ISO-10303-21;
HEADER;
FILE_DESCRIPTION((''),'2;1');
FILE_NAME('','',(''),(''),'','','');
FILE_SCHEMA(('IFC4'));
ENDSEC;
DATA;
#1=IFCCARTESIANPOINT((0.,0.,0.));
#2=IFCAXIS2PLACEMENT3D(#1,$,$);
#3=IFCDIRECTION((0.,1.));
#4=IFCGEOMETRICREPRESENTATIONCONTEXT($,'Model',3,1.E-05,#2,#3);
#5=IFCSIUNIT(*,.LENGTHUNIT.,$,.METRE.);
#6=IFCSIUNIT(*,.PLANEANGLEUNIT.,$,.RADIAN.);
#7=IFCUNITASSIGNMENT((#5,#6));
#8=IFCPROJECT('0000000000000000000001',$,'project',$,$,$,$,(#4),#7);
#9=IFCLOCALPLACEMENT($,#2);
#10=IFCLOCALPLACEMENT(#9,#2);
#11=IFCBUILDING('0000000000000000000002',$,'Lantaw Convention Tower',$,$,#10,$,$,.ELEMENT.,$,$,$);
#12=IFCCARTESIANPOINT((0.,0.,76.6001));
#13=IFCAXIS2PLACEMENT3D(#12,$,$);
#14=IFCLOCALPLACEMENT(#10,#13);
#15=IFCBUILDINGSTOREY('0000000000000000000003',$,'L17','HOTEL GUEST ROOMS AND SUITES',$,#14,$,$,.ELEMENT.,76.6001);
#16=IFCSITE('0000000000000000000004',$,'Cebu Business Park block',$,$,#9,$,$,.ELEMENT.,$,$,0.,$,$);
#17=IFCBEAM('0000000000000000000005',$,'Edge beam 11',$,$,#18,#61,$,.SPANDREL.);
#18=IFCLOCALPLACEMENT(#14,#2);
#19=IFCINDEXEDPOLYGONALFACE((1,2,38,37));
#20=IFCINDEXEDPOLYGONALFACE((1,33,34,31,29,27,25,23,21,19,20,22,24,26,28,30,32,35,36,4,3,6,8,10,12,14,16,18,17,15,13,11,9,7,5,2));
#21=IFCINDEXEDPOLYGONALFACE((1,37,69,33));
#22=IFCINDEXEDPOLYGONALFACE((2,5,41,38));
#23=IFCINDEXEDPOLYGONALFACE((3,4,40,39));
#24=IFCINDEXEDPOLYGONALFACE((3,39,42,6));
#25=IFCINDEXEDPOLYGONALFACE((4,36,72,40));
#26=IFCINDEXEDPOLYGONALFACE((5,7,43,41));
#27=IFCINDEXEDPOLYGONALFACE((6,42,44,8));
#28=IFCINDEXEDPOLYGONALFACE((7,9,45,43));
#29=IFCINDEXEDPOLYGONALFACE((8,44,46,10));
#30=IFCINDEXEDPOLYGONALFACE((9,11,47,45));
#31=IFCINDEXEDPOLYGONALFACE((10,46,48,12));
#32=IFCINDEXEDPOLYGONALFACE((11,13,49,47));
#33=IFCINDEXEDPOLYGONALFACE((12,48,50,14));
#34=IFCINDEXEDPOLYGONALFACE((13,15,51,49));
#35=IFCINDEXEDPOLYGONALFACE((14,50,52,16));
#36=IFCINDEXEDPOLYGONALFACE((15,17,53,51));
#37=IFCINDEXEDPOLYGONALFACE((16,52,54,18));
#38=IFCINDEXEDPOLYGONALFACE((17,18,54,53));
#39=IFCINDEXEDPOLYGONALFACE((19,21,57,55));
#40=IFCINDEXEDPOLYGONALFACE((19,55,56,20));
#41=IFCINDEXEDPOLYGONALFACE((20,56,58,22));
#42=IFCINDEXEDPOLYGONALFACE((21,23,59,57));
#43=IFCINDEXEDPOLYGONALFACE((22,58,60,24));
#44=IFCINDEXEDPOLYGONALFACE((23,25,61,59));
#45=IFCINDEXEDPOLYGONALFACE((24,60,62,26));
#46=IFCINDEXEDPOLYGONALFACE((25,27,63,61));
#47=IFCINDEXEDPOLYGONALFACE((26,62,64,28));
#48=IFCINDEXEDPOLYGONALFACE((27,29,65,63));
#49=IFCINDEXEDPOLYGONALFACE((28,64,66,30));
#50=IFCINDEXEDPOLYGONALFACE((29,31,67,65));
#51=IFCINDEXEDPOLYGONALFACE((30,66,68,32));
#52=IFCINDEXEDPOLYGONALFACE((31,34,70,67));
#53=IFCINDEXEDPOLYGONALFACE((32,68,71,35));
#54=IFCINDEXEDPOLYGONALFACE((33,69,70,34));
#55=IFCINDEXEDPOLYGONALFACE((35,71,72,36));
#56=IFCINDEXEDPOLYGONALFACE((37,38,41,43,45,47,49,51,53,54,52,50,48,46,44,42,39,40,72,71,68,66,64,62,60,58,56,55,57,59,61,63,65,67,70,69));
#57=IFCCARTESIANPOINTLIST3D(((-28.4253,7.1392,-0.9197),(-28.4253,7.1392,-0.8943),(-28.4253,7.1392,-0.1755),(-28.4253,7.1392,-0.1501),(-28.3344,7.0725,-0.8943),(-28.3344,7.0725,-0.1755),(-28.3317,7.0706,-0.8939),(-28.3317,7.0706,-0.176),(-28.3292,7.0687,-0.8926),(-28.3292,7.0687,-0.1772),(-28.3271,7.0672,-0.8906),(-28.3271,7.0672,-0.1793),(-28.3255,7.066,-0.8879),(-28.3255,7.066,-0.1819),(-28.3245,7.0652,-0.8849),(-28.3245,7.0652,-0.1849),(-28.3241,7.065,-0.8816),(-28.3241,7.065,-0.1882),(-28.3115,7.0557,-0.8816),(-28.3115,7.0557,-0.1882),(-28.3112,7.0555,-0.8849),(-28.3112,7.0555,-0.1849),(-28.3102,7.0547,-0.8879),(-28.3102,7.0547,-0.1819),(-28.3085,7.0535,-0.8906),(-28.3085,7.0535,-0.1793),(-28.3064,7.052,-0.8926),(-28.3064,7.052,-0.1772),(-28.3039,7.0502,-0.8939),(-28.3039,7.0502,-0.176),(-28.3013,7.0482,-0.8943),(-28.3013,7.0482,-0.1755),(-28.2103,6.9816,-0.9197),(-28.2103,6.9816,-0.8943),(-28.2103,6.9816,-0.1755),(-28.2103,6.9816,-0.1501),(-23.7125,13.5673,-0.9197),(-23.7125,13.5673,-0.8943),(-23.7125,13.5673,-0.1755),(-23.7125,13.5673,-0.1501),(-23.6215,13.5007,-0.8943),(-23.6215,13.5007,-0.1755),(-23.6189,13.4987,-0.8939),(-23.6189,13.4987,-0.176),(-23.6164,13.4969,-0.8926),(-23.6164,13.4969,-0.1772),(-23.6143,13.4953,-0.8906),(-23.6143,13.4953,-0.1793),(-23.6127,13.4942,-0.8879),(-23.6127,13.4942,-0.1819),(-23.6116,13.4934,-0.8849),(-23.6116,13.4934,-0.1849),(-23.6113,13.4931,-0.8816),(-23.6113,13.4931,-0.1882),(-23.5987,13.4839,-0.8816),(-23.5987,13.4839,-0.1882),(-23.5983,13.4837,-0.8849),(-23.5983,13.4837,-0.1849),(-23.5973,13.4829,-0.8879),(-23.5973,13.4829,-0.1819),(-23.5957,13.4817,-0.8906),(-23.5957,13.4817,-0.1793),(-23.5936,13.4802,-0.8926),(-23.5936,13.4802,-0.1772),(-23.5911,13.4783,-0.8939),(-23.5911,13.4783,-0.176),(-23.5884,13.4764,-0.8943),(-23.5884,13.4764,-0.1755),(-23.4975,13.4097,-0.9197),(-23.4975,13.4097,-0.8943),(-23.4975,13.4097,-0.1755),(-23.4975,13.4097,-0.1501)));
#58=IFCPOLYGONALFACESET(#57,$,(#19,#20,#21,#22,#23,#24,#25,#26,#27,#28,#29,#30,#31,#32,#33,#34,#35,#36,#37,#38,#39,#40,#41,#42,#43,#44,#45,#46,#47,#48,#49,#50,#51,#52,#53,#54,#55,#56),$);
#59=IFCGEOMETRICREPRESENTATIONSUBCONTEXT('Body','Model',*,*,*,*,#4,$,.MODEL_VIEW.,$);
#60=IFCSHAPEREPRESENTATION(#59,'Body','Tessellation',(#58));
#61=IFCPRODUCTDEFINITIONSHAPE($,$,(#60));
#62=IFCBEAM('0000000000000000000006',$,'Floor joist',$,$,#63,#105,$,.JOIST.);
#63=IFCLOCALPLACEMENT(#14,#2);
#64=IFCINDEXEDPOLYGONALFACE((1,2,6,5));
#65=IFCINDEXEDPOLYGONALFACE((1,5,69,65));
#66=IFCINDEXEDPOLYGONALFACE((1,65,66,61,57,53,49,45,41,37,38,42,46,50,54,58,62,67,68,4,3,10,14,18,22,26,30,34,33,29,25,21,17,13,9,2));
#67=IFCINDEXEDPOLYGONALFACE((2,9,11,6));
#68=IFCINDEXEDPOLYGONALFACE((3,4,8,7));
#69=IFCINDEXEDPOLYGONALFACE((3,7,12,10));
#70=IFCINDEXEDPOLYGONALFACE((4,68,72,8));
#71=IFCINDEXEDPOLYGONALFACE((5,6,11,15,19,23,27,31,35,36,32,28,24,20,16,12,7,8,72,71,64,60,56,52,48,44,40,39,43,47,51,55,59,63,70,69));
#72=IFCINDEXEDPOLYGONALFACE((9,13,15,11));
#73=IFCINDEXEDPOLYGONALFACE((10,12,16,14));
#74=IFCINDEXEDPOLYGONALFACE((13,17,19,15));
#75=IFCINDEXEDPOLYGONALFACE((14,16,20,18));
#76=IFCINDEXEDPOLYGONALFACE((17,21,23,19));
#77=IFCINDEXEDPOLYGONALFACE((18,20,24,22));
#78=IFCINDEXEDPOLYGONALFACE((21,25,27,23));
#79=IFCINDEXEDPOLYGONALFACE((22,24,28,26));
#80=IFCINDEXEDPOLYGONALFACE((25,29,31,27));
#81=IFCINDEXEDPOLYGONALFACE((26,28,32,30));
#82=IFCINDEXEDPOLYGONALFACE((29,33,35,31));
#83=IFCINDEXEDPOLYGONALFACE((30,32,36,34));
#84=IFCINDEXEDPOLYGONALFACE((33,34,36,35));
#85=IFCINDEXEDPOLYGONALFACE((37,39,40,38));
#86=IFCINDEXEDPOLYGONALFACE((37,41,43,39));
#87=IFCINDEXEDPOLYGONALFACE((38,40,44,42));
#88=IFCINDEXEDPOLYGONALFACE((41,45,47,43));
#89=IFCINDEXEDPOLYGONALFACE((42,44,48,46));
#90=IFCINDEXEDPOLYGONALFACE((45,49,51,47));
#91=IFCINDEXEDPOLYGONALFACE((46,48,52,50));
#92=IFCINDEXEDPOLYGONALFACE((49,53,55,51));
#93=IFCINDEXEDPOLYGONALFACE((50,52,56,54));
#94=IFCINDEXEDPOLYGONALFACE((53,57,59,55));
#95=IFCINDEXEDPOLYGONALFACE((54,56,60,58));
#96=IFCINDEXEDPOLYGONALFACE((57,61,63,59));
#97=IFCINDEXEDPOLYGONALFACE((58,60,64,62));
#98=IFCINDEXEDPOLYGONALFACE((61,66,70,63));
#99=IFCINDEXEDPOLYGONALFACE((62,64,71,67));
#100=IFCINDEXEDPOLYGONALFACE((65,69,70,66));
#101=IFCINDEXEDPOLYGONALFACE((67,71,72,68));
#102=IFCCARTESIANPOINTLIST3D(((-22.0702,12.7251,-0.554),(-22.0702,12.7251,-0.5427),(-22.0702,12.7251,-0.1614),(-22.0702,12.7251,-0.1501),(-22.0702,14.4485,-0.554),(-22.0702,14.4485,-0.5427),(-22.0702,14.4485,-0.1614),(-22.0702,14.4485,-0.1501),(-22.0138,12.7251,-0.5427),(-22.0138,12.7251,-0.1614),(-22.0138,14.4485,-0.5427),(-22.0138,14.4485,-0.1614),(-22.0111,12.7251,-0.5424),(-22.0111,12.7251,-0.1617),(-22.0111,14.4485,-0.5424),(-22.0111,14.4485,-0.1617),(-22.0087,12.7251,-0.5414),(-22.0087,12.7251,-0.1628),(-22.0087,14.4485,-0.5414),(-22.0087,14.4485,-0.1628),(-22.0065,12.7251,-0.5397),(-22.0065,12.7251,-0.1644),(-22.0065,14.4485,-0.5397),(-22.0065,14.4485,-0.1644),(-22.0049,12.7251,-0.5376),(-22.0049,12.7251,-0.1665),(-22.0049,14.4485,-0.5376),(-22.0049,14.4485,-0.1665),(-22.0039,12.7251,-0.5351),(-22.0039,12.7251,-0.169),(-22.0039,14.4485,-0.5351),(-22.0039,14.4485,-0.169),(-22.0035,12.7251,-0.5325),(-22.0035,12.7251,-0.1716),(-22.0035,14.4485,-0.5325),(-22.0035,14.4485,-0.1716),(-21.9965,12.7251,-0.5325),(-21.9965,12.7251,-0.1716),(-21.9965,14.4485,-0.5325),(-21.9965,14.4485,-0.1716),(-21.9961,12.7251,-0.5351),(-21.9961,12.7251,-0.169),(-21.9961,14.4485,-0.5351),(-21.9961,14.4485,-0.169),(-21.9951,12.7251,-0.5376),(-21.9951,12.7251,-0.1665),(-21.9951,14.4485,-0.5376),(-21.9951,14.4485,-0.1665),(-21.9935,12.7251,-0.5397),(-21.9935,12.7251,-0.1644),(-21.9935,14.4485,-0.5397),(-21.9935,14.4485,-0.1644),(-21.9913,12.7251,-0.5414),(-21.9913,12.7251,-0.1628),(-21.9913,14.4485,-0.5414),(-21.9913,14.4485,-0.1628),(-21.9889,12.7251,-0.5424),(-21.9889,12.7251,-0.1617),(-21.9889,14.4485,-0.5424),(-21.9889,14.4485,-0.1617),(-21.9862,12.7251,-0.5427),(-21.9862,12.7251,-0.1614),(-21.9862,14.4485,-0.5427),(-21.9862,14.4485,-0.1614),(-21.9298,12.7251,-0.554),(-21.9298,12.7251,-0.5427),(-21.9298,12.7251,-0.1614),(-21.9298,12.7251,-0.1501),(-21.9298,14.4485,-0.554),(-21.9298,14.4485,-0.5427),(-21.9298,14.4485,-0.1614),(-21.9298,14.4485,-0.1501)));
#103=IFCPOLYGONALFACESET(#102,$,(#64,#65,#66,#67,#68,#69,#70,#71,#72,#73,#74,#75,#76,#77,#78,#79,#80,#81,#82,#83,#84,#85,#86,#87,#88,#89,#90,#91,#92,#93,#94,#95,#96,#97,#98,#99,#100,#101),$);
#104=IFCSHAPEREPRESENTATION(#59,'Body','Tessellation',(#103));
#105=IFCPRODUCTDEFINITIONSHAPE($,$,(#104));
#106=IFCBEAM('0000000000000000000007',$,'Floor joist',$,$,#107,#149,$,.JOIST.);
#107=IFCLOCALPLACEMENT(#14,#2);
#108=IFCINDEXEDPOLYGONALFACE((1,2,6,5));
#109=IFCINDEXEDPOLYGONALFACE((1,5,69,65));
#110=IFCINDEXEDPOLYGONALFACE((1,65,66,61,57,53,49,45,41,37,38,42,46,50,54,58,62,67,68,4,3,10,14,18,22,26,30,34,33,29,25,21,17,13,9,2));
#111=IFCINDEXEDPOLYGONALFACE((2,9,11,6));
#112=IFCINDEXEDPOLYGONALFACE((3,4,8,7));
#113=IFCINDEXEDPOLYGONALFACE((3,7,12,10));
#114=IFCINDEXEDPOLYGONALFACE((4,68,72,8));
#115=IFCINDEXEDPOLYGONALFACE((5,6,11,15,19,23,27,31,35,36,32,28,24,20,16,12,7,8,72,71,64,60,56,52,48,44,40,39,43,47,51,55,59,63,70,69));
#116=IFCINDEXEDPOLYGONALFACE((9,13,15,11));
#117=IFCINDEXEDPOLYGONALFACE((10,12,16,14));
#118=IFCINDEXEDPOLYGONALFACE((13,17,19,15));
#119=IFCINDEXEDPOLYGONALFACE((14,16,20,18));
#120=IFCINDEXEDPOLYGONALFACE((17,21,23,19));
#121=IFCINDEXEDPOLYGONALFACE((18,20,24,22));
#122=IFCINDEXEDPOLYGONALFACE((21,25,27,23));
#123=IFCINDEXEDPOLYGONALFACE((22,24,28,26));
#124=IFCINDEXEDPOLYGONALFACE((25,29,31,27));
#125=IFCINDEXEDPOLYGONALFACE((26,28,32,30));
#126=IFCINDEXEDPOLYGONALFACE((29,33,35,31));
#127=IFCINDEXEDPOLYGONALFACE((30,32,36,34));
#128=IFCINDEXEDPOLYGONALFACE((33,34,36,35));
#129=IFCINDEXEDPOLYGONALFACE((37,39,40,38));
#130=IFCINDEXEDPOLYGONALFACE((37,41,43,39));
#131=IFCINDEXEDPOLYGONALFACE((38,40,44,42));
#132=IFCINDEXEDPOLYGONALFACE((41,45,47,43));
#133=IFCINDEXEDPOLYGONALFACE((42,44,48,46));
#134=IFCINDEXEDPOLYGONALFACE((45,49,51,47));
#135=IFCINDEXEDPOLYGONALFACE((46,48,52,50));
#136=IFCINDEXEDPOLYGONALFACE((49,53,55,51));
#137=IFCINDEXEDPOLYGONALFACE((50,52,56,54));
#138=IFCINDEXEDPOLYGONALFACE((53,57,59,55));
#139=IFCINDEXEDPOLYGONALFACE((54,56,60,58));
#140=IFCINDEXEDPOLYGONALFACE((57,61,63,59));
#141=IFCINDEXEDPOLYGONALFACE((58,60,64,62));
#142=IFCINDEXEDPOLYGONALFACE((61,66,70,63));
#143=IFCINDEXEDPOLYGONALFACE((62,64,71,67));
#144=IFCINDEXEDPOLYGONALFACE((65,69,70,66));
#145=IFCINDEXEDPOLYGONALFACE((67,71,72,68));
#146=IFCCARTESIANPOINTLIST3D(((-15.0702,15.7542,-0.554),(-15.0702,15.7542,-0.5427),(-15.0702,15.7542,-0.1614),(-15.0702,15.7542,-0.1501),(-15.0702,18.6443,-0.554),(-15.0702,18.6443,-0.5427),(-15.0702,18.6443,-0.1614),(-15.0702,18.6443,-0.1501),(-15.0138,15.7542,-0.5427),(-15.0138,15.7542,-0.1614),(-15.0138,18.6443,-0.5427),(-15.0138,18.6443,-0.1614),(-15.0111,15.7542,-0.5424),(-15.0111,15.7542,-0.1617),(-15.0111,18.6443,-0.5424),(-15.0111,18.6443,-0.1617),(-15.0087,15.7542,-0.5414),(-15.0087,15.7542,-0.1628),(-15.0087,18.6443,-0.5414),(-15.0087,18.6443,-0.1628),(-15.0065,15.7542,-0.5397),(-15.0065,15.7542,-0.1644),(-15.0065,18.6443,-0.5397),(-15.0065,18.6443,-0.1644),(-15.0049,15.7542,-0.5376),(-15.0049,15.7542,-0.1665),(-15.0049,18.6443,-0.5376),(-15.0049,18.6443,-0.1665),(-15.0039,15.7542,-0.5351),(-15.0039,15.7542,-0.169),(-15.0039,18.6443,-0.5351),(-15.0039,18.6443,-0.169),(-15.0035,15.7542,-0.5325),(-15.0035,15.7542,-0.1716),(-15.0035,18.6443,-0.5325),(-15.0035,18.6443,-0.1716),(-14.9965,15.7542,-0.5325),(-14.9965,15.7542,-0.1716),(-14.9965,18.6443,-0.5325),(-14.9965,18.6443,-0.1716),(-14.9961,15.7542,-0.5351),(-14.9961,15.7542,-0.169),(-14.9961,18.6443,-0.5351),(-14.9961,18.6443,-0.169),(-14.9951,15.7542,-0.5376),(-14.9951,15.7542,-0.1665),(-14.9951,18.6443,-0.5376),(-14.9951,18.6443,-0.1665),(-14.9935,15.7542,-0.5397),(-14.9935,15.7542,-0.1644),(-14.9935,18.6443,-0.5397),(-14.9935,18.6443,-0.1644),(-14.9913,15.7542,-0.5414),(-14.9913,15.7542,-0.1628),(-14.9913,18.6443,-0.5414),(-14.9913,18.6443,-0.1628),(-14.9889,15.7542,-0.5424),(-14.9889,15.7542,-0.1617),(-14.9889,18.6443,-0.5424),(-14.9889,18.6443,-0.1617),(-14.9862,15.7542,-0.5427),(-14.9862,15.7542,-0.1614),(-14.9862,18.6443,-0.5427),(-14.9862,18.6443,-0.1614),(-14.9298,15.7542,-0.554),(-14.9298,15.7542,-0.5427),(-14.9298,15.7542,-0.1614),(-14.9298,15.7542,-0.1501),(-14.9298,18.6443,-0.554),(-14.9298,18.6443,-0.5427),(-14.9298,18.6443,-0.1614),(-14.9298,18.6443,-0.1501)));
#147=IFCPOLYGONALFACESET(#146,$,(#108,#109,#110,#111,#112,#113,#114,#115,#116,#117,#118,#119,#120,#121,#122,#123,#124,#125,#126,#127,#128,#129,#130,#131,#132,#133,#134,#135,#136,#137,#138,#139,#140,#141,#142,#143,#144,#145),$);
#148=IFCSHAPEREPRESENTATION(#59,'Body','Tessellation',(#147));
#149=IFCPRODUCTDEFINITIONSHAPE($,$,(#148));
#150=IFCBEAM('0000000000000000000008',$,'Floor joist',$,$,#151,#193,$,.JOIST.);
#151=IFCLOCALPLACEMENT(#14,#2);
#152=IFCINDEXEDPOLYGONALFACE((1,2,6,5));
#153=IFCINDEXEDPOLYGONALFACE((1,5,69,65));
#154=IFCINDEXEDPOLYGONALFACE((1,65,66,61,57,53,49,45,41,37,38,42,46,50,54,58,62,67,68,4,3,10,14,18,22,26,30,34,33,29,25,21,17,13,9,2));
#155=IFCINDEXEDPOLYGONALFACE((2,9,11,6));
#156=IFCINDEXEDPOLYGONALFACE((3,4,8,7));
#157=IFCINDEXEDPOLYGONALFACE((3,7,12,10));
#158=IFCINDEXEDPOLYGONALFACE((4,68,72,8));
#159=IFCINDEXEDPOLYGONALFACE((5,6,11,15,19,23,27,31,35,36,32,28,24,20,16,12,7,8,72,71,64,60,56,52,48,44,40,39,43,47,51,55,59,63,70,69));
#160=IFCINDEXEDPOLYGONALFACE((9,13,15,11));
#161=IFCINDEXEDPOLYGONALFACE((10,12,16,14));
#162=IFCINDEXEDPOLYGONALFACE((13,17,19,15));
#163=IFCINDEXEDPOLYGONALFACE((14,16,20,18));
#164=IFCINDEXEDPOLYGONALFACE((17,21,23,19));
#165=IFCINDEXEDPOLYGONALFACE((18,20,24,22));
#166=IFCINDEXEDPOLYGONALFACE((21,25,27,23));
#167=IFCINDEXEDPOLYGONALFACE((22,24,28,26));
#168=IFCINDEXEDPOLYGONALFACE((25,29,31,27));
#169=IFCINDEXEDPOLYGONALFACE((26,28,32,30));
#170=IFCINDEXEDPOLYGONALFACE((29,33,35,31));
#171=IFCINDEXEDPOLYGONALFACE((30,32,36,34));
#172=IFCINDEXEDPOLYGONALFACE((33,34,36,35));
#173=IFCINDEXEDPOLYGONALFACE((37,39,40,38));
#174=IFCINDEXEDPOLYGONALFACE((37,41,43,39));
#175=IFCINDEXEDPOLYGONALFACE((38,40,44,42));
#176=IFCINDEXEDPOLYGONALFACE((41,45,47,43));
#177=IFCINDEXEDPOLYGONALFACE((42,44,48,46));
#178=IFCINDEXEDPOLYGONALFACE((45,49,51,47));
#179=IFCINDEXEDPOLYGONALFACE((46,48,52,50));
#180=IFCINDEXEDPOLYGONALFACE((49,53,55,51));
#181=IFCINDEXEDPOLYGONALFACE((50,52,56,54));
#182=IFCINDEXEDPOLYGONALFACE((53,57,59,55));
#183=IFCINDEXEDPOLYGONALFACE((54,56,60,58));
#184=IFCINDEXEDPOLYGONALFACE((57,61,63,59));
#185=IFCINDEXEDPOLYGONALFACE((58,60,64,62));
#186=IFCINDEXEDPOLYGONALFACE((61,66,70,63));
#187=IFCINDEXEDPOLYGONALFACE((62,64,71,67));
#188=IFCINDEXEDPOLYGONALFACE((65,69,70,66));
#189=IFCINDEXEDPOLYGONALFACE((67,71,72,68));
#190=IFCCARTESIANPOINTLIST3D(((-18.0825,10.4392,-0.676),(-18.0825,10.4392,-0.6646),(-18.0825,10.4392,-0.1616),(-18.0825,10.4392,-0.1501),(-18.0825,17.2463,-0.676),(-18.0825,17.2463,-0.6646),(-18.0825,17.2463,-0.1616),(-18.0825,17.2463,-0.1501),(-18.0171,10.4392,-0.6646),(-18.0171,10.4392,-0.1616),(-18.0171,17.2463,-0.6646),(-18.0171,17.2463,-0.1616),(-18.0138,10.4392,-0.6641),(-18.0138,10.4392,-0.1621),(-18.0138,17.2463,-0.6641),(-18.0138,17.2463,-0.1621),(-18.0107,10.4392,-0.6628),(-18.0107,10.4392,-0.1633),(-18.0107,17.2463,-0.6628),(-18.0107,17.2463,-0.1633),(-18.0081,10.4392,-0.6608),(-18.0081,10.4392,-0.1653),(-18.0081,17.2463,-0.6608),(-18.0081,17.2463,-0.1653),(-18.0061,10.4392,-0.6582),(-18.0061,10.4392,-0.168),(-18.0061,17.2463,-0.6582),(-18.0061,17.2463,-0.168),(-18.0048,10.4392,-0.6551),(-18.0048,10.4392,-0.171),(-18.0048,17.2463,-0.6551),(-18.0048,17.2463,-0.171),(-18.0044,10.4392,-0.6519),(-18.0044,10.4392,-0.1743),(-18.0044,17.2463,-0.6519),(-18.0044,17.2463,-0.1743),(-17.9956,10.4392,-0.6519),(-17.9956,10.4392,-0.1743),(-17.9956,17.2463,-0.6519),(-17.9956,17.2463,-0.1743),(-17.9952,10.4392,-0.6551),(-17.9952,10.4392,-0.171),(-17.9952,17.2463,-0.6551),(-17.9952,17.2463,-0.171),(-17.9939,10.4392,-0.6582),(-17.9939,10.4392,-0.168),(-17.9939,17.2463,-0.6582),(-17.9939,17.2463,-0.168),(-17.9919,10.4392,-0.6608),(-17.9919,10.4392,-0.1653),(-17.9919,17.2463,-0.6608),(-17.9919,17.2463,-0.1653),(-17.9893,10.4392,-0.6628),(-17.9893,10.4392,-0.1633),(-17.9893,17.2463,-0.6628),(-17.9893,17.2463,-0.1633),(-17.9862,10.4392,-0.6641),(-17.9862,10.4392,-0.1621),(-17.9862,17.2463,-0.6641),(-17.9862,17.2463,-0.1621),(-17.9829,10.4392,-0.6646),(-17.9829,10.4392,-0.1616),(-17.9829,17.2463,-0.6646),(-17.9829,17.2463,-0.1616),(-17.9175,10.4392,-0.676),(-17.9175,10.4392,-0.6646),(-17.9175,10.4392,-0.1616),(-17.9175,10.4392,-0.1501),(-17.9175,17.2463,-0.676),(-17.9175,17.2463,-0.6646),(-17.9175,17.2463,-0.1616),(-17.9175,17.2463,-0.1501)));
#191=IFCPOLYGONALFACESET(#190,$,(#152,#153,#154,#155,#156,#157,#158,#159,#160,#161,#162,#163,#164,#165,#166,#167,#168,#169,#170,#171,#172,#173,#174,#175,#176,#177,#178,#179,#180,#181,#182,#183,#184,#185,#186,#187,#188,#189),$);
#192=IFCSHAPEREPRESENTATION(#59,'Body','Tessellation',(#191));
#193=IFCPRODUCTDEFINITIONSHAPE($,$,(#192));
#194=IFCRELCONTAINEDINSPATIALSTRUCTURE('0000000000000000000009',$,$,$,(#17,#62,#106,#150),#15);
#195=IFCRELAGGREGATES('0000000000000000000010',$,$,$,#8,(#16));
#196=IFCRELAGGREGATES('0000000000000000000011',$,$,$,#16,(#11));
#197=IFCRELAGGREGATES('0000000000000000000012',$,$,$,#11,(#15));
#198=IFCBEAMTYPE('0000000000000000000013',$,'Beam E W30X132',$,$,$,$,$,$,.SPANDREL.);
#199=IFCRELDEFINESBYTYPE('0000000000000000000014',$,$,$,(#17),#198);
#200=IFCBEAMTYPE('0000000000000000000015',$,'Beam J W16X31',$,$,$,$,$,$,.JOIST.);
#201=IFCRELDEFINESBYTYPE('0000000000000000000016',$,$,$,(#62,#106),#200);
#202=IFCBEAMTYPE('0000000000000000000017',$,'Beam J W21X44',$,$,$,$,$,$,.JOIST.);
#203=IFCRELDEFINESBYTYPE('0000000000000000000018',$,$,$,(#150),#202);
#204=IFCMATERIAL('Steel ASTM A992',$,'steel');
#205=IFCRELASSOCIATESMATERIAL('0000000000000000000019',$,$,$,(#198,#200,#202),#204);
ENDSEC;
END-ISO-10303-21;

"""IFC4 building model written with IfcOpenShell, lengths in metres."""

from ifc_helpers import new_model, si_unit, direction, frame, origin, origin_2d, place, context, subcontext, project, spatial, i_section, extrude, material, material_profile, profile_set, type_object, element, save


model = new_model("IFC4")

# Units and contexts
model_context = context("Model", 3, precision=1e-05, world=origin(), true_north=direction((0.0, 1.0)))
body_context = subcontext(model_context, "Body", "Model", "MODEL_VIEW")
ifc_project = project(units=[si_unit("LENGTHUNIT", "METRE"), si_unit("PLANEANGLEUNIT", "RADIAN")], contexts=[model_context])

# Site, building, storey
site_placement = place(None, origin())
site = spatial("IfcSite", under=ifc_project, at=site_placement, Name="Cebu Business Park block", CompositionType="ELEMENT", RefElevation=0.0)
building_placement = place(site_placement, origin())
building = spatial("IfcBuilding", under=site, at=building_placement, Name="Lantaw Convention Tower", CompositionType="ELEMENT")
storey_placement = place(building_placement, frame((0.0, 0.0, 76.6001)))
storey = spatial("IfcBuildingStorey", under=building, at=storey_placement, Name="L17", Description="HOTEL GUEST ROOMS AND SUITES", CompositionType="ELEMENT", Elevation=76.6001)

# Beams
ifc_material_1 = material(Name="Steel ASTM A992", Category="steel")
ifc_material_profile_1 = material_profile(ifc_material_1, i_section(OverallWidth=0.2666, OverallDepth=0.7695, WebThickness=0.0156, FlangeThickness=0.0254, FilletRadius=0.0127, at=origin_2d()), Name="W30X132")
ifc_profile_set_1 = profile_set([ifc_material_profile_1], Name="Steel ASTM A992")
beam_type_1 = type_object("IfcBeamType", Name="Beam E W30X132", PredefinedType="SPANDREL", material=ifc_profile_set_1)
beam_1_placement = place(storey_placement, frame((-23.605, 13.4885, -0.5349), z_axis=(-0.591271, -0.806473, 0.0), x_axis=(0.806473, -0.591271, 0.0)))
element("IfcBeam", 1, at=beam_1_placement, inside=storey, type_object=beam_type_1, Name="Edge beam 11", PredefinedType="SPANDREL", context=body_context, shape_type="SweptSolid", body=[
    extrude(i_section(OverallWidth=0.2666, OverallDepth=0.7695, WebThickness=0.0156, FlangeThickness=0.0254, FilletRadius=0.0127, at=origin_2d()), origin(), (0.0, 0.0, 1.0), 7.9707),
])
ifc_material_profile_2 = material_profile(ifc_material_1, i_section(OverallWidth=0.1404, OverallDepth=0.4038, WebThickness=0.0071, FlangeThickness=0.0112, FilletRadius=0.0103, at=origin_2d()), Name="W16X31")
ifc_profile_set_2 = profile_set([ifc_material_profile_2], Name="Steel ASTM A992")
beam_type_2 = type_object("IfcBeamType", Name="Beam J W16X31", PredefinedType="JOIST", material=ifc_profile_set_2)
beam_2_placement = place(storey_placement, frame((-22.0, 12.7251, -0.3521), z_axis=(0.0, 1.0, 0.0), x_axis=(-1.0, 0.0, 0.0)))
element("IfcBeam", 2, at=beam_2_placement, inside=storey, type_object=beam_type_2, Name="Floor joist", PredefinedType="JOIST", context=body_context, shape_type="SweptSolid", body=[
    extrude(i_section(OverallWidth=0.1404, OverallDepth=0.4038, WebThickness=0.0071, FlangeThickness=0.0112, FilletRadius=0.0103, at=origin_2d()), origin(), (0.0, 0.0, 1.0), 1.7234),
])
beam_3_placement = place(storey_placement, frame((-15.0, 15.7542, -0.3521), z_axis=(0.0, 1.0, 0.0), x_axis=(-1.0, 0.0, 0.0)))
element("IfcBeam", 3, at=beam_3_placement, inside=storey, type_object=beam_type_2, Name="Floor joist", PredefinedType="JOIST", context=body_context, shape_type="SweptSolid", body=[
    extrude(i_section(OverallWidth=0.1404, OverallDepth=0.4038, WebThickness=0.0071, FlangeThickness=0.0112, FilletRadius=0.0103, at=origin_2d()), origin(), (0.0, 0.0, 1.0), 2.8901),
])
ifc_material_profile_3 = material_profile(ifc_material_1, i_section(OverallWidth=0.165, OverallDepth=0.5259, WebThickness=0.0088, FlangeThickness=0.0115, FilletRadius=0.0127, at=origin_2d()), Name="W21X44")
ifc_profile_set_3 = profile_set([ifc_material_profile_3], Name="Steel ASTM A992")
beam_type_3 = type_object("IfcBeamType", Name="Beam J W21X44", PredefinedType="JOIST", material=ifc_profile_set_3)
beam_4_placement = place(storey_placement, frame((-18.0, 10.4392, -0.4131), z_axis=(0.0, 1.0, 0.0), x_axis=(-1.0, 0.0, 0.0)))
element("IfcBeam", 4, at=beam_4_placement, inside=storey, type_object=beam_type_3, Name="Floor joist", PredefinedType="JOIST", context=body_context, shape_type="SweptSolid", body=[
    extrude(i_section(OverallWidth=0.165, OverallDepth=0.5259, WebThickness=0.0088, FlangeThickness=0.0115, FilletRadius=0.0127, at=origin_2d()), origin(), (0.0, 0.0, 1.0), 6.8071),
])

save(model, "model.ifc")
